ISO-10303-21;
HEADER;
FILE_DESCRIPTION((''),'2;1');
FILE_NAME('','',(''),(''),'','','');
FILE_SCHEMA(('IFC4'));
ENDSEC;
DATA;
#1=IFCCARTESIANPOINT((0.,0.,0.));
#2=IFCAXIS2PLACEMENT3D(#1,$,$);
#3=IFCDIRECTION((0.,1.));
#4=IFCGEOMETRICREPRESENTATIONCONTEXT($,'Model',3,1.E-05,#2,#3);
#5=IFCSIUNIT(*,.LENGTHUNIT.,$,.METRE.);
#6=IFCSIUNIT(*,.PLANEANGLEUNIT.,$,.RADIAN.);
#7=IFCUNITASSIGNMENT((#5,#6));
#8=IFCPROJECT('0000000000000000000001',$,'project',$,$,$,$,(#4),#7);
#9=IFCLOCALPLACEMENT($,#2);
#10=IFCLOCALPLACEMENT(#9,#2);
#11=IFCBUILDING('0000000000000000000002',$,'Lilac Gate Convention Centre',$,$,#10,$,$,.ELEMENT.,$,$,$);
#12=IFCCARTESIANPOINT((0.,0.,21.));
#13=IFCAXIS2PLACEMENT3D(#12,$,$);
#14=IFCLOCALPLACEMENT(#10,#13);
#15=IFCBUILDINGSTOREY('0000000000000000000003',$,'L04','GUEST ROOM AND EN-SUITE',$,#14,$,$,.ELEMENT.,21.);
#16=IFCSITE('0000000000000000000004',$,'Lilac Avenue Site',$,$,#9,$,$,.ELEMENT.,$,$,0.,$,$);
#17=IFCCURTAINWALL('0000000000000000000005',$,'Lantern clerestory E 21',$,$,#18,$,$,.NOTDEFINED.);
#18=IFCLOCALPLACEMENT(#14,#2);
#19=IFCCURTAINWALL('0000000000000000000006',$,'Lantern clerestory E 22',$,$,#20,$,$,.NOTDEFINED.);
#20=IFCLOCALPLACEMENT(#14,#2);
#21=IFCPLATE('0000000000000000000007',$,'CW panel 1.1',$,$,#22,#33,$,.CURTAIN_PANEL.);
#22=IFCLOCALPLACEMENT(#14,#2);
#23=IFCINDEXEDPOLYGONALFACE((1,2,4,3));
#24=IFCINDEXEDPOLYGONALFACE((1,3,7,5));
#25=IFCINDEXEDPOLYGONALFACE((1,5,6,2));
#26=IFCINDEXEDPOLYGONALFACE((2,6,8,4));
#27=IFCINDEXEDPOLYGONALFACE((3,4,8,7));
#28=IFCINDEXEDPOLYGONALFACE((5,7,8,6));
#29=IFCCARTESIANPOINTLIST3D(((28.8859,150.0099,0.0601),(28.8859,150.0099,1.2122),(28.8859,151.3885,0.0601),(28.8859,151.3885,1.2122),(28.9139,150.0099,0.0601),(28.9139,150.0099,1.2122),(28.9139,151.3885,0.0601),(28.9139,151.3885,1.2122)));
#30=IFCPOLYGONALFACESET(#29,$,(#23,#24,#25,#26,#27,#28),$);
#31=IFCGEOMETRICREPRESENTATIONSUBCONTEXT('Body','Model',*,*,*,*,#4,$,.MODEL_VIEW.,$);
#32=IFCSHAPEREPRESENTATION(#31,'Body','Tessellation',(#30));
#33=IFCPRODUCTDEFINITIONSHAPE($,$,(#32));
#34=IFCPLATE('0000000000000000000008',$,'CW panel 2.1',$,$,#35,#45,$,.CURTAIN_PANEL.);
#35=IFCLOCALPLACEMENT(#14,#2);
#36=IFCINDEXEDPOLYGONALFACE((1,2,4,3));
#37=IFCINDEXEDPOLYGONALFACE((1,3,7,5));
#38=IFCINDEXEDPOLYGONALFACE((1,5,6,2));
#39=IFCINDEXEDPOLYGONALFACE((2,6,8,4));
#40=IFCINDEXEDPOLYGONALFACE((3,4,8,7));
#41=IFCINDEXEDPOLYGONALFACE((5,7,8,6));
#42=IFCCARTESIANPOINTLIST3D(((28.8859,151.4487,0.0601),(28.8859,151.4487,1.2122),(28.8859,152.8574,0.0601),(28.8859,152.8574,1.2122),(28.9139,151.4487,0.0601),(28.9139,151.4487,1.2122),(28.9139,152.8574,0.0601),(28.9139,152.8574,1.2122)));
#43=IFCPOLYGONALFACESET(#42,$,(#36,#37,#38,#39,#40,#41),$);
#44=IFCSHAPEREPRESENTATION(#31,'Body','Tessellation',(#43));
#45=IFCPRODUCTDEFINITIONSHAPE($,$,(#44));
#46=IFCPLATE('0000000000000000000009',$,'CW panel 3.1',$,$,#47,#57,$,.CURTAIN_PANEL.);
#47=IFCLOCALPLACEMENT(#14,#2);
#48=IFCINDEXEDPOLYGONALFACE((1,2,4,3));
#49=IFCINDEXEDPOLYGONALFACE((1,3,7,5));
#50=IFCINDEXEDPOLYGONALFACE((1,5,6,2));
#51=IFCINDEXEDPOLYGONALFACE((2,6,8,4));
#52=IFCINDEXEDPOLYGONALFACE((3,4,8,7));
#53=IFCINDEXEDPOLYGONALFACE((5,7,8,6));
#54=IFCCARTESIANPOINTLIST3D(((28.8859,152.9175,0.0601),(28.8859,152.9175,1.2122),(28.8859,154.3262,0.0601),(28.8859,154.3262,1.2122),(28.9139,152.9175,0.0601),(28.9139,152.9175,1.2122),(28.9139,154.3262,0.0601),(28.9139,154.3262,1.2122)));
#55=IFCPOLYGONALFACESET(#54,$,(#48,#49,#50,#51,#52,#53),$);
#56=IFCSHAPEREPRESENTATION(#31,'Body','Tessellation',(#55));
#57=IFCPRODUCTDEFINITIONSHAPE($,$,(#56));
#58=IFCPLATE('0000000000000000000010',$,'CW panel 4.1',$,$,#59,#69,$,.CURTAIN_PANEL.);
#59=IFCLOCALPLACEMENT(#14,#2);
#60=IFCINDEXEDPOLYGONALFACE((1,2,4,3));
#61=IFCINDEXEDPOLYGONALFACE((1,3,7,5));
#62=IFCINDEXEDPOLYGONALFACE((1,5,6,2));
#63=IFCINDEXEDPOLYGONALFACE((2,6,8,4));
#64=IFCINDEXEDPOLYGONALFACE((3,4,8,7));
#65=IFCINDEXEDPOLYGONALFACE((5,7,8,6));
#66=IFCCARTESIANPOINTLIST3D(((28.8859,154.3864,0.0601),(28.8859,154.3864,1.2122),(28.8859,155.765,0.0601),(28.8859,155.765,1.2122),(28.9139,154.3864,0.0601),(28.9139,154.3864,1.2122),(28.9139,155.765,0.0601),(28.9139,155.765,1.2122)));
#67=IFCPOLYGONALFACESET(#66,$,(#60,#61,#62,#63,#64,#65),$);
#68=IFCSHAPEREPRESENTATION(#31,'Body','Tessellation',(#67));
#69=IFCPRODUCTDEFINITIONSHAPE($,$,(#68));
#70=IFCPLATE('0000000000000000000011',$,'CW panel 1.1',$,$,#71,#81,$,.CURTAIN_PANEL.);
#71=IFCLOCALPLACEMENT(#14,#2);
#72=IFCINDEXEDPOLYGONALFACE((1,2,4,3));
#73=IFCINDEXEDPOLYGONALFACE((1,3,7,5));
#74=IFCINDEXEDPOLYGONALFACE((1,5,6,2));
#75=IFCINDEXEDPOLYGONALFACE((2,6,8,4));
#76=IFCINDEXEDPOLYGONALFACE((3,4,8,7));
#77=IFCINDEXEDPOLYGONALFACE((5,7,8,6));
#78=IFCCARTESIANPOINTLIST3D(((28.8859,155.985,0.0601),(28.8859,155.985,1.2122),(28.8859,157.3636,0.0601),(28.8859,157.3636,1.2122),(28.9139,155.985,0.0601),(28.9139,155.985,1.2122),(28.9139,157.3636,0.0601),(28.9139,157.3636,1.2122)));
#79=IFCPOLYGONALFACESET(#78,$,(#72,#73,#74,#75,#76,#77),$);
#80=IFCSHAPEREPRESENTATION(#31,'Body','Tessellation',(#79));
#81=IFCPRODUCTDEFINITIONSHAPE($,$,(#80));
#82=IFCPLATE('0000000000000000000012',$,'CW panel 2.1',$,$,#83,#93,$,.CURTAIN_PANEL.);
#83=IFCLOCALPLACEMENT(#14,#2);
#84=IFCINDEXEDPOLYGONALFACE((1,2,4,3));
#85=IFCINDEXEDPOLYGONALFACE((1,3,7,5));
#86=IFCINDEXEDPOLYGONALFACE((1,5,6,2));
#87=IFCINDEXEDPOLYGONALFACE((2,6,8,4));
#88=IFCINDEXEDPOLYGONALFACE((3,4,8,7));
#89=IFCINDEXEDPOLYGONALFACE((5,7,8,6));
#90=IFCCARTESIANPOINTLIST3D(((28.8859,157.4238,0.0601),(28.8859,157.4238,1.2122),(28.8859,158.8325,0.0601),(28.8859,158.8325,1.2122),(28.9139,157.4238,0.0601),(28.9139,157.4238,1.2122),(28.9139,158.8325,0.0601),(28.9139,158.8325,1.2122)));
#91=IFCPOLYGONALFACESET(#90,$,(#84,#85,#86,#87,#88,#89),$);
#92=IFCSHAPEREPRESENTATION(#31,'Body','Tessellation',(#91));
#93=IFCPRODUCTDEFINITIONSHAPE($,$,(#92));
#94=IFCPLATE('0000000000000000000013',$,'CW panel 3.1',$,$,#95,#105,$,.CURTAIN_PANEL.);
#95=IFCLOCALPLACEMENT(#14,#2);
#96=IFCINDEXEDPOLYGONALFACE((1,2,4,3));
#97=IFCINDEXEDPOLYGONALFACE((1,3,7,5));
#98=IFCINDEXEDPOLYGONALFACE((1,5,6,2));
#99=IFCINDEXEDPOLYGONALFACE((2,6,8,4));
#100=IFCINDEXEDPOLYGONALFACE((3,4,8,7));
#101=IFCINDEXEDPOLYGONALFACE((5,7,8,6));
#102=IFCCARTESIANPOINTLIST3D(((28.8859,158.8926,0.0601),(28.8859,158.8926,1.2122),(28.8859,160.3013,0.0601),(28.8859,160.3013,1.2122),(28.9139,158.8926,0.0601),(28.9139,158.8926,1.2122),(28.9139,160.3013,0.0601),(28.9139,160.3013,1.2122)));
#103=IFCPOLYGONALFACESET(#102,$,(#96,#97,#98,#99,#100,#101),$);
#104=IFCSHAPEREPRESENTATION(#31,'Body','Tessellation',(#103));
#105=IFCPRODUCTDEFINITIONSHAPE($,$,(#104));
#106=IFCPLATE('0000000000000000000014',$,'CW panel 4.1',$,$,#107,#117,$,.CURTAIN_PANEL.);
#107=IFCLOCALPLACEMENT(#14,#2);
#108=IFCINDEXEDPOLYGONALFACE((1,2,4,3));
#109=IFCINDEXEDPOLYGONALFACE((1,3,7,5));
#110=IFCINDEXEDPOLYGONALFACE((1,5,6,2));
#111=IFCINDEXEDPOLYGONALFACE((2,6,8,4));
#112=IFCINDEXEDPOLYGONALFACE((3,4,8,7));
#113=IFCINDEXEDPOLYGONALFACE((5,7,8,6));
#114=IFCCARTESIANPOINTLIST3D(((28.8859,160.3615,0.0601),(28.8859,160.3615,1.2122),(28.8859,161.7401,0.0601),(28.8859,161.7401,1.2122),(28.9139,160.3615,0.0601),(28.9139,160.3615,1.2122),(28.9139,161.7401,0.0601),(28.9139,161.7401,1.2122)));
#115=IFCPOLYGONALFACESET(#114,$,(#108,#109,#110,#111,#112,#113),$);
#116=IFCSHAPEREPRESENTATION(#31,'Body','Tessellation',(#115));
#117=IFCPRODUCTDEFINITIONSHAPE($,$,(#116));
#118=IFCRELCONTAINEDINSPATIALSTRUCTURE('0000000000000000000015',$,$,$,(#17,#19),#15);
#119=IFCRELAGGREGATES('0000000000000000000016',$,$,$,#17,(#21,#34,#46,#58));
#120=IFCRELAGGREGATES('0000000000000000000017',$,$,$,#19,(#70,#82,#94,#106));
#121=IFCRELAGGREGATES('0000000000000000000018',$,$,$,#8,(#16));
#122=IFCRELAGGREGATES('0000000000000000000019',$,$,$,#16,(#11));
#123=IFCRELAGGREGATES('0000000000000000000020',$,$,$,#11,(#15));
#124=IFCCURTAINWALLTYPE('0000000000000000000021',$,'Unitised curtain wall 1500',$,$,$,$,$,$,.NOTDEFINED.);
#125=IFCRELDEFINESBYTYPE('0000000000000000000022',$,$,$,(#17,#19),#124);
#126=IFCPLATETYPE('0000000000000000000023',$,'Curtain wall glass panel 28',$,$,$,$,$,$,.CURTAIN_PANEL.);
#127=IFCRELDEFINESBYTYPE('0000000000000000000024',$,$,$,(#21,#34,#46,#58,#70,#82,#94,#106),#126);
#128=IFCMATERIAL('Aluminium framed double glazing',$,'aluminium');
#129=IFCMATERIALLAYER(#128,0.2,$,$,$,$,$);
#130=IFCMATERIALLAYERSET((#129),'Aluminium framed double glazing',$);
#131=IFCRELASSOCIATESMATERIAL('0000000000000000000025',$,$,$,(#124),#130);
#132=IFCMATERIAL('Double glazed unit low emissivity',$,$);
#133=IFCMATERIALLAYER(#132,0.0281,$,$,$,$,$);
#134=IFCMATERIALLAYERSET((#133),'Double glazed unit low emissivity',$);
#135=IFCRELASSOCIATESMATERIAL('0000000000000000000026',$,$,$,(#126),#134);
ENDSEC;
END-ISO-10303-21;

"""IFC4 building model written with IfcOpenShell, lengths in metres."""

from ifc_helpers import new_model, si_unit, direction, frame, origin, origin_2d, place, context, subcontext, project, spatial, rectangle, extrude, material, layer, layer_set, type_object, element, aggregate, save


model = new_model("IFC4")

# Units and contexts
model_context = context("Model", 3, precision=1e-05, world=origin(), true_north=direction((0.0, 1.0)))
body_context = subcontext(model_context, "Body", "Model", "MODEL_VIEW")
ifc_project = project(units=[si_unit("LENGTHUNIT", "METRE"), si_unit("PLANEANGLEUNIT", "RADIAN")], contexts=[model_context])

# Site, building, storey
site_placement = place(None, origin())
site = spatial("IfcSite", under=ifc_project, at=site_placement, Name="Lilac Avenue Site", CompositionType="ELEMENT", RefElevation=0.0)
building_placement = place(site_placement, origin())
building = spatial("IfcBuilding", under=site, at=building_placement, Name="Lilac Gate Convention Centre", CompositionType="ELEMENT")
storey_placement = place(building_placement, frame((0.0, 0.0, 21.0)))
storey = spatial("IfcBuildingStorey", under=building, at=storey_placement, Name="L04", Description="GUEST ROOM AND EN-SUITE", CompositionType="ELEMENT", Elevation=21.0)

# Shared definitions
ifc_material_1 = material(Name="Aluminium framed double glazing", Category="aluminium")
ifc_layer_1 = layer(ifc_material_1, 0.2)
ifc_layer_set_1 = layer_set([ifc_layer_1], Name="Aluminium framed double glazing")
curtain_wall_type = type_object("IfcCurtainWallType", Name="Unitised curtain wall 1500", PredefinedType="NOTDEFINED", material=ifc_layer_set_1)

# Curtain walls
curtain_wall_1_placement = place(storey_placement, origin())
curtain_wall_1 = element("IfcCurtainWall", 1, at=curtain_wall_1_placement, inside=storey, type_object=curtain_wall_type, Name="Lantern clerestory E 21", PredefinedType="NOTDEFINED")
curtain_wall_2_placement = place(storey_placement, origin())
curtain_wall_2 = element("IfcCurtainWall", 2, at=curtain_wall_2_placement, inside=storey, type_object=curtain_wall_type, Name="Lantern clerestory E 22", PredefinedType="NOTDEFINED")

# Plates
ifc_material_2 = material(Name="Double glazed unit low emissivity")
ifc_layer_2 = layer(ifc_material_2, 0.0281)
ifc_layer_set_2 = layer_set([ifc_layer_2], Name="Double glazed unit low emissivity")
plate_type = type_object("IfcPlateType", Name="Curtain wall glass panel 28", PredefinedType="CURTAIN_PANEL", material=ifc_layer_set_2)
plate_1_placement = place(storey_placement, frame((28.8999, 150.6992, 0.0601), z_axis=(0.0, 0.0, 1.0), x_axis=(0.0, 1.0, 0.0)))
plate_1 = element("IfcPlate", 3, at=plate_1_placement, type_object=plate_type, Name="CW panel 1.1", PredefinedType="CURTAIN_PANEL", context=body_context, shape_type="SweptSolid", body=[
    extrude(rectangle(XDim=1.3787, YDim=0.0281, at=origin_2d()), origin(), (0.0, 0.0, 1.0), 1.1521),
])
plate_2_placement = place(storey_placement, frame((28.8999, 152.1531, 0.0601), z_axis=(0.0, 0.0, 1.0), x_axis=(0.0, 1.0, 0.0)))
plate_2 = element("IfcPlate", 4, at=plate_2_placement, type_object=plate_type, Name="CW panel 2.1", PredefinedType="CURTAIN_PANEL", context=body_context, shape_type="SweptSolid", body=[
    extrude(rectangle(XDim=1.4087, YDim=0.0281, at=origin_2d()), origin(), (0.0, 0.0, 1.0), 1.1521),
])
plate_3_placement = place(storey_placement, frame((28.8999, 153.6218, 0.0601), z_axis=(0.0, 0.0, 1.0), x_axis=(0.0, 1.0, 0.0)))
plate_3 = element("IfcPlate", 5, at=plate_3_placement, type_object=plate_type, Name="CW panel 3.1", PredefinedType="CURTAIN_PANEL", context=body_context, shape_type="SweptSolid", body=[
    extrude(rectangle(XDim=1.4087, YDim=0.0281, at=origin_2d()), origin(), (0.0, 0.0, 1.0), 1.1521),
])
plate_4_placement = place(storey_placement, frame((28.8999, 155.0757, 0.0601), z_axis=(0.0, 0.0, 1.0), x_axis=(0.0, 1.0, 0.0)))
plate_4 = element("IfcPlate", 6, at=plate_4_placement, type_object=plate_type, Name="CW panel 4.1", PredefinedType="CURTAIN_PANEL", context=body_context, shape_type="SweptSolid", body=[
    extrude(rectangle(XDim=1.3787, YDim=0.0281, at=origin_2d()), origin(), (0.0, 0.0, 1.0), 1.1521),
])
aggregate(curtain_wall_1, [plate_1, plate_2, plate_3, plate_4])
plate_5_placement = place(storey_placement, frame((28.8999, 156.6743, 0.0601), z_axis=(0.0, 0.0, 1.0), x_axis=(0.0, 1.0, 0.0)))
plate_5 = element("IfcPlate", 7, at=plate_5_placement, type_object=plate_type, Name="CW panel 1.1", PredefinedType="CURTAIN_PANEL", context=body_context, shape_type="SweptSolid", body=[
    extrude(rectangle(XDim=1.3787, YDim=0.0281, at=origin_2d()), origin(), (0.0, 0.0, 1.0), 1.1521),
])
plate_6_placement = place(storey_placement, frame((28.8999, 158.1282, 0.0601), z_axis=(0.0, 0.0, 1.0), x_axis=(0.0, 1.0, 0.0)))
plate_6 = element("IfcPlate", 8, at=plate_6_placement, type_object=plate_type, Name="CW panel 2.1", PredefinedType="CURTAIN_PANEL", context=body_context, shape_type="SweptSolid", body=[
    extrude(rectangle(XDim=1.4087, YDim=0.0281, at=origin_2d()), origin(), (0.0, 0.0, 1.0), 1.1521),
])
plate_7_placement = place(storey_placement, frame((28.8999, 159.5969, 0.0601), z_axis=(0.0, 0.0, 1.0), x_axis=(0.0, 1.0, 0.0)))
plate_7 = element("IfcPlate", 9, at=plate_7_placement, type_object=plate_type, Name="CW panel 3.1", PredefinedType="CURTAIN_PANEL", context=body_context, shape_type="SweptSolid", body=[
    extrude(rectangle(XDim=1.4087, YDim=0.0281, at=origin_2d()), origin(), (0.0, 0.0, 1.0), 1.1521),
])
plate_8_placement = place(storey_placement, frame((28.8999, 161.0508, 0.0601), z_axis=(0.0, 0.0, 1.0), x_axis=(0.0, 1.0, 0.0)))
plate_8 = element("IfcPlate", 10, at=plate_8_placement, type_object=plate_type, Name="CW panel 4.1", PredefinedType="CURTAIN_PANEL", context=body_context, shape_type="SweptSolid", body=[
    extrude(rectangle(XDim=1.3787, YDim=0.0281, at=origin_2d()), origin(), (0.0, 0.0, 1.0), 1.1521),
])
aggregate(curtain_wall_2, [plate_5, plate_6, plate_7, plate_8])

save(model, "model.ifc")
